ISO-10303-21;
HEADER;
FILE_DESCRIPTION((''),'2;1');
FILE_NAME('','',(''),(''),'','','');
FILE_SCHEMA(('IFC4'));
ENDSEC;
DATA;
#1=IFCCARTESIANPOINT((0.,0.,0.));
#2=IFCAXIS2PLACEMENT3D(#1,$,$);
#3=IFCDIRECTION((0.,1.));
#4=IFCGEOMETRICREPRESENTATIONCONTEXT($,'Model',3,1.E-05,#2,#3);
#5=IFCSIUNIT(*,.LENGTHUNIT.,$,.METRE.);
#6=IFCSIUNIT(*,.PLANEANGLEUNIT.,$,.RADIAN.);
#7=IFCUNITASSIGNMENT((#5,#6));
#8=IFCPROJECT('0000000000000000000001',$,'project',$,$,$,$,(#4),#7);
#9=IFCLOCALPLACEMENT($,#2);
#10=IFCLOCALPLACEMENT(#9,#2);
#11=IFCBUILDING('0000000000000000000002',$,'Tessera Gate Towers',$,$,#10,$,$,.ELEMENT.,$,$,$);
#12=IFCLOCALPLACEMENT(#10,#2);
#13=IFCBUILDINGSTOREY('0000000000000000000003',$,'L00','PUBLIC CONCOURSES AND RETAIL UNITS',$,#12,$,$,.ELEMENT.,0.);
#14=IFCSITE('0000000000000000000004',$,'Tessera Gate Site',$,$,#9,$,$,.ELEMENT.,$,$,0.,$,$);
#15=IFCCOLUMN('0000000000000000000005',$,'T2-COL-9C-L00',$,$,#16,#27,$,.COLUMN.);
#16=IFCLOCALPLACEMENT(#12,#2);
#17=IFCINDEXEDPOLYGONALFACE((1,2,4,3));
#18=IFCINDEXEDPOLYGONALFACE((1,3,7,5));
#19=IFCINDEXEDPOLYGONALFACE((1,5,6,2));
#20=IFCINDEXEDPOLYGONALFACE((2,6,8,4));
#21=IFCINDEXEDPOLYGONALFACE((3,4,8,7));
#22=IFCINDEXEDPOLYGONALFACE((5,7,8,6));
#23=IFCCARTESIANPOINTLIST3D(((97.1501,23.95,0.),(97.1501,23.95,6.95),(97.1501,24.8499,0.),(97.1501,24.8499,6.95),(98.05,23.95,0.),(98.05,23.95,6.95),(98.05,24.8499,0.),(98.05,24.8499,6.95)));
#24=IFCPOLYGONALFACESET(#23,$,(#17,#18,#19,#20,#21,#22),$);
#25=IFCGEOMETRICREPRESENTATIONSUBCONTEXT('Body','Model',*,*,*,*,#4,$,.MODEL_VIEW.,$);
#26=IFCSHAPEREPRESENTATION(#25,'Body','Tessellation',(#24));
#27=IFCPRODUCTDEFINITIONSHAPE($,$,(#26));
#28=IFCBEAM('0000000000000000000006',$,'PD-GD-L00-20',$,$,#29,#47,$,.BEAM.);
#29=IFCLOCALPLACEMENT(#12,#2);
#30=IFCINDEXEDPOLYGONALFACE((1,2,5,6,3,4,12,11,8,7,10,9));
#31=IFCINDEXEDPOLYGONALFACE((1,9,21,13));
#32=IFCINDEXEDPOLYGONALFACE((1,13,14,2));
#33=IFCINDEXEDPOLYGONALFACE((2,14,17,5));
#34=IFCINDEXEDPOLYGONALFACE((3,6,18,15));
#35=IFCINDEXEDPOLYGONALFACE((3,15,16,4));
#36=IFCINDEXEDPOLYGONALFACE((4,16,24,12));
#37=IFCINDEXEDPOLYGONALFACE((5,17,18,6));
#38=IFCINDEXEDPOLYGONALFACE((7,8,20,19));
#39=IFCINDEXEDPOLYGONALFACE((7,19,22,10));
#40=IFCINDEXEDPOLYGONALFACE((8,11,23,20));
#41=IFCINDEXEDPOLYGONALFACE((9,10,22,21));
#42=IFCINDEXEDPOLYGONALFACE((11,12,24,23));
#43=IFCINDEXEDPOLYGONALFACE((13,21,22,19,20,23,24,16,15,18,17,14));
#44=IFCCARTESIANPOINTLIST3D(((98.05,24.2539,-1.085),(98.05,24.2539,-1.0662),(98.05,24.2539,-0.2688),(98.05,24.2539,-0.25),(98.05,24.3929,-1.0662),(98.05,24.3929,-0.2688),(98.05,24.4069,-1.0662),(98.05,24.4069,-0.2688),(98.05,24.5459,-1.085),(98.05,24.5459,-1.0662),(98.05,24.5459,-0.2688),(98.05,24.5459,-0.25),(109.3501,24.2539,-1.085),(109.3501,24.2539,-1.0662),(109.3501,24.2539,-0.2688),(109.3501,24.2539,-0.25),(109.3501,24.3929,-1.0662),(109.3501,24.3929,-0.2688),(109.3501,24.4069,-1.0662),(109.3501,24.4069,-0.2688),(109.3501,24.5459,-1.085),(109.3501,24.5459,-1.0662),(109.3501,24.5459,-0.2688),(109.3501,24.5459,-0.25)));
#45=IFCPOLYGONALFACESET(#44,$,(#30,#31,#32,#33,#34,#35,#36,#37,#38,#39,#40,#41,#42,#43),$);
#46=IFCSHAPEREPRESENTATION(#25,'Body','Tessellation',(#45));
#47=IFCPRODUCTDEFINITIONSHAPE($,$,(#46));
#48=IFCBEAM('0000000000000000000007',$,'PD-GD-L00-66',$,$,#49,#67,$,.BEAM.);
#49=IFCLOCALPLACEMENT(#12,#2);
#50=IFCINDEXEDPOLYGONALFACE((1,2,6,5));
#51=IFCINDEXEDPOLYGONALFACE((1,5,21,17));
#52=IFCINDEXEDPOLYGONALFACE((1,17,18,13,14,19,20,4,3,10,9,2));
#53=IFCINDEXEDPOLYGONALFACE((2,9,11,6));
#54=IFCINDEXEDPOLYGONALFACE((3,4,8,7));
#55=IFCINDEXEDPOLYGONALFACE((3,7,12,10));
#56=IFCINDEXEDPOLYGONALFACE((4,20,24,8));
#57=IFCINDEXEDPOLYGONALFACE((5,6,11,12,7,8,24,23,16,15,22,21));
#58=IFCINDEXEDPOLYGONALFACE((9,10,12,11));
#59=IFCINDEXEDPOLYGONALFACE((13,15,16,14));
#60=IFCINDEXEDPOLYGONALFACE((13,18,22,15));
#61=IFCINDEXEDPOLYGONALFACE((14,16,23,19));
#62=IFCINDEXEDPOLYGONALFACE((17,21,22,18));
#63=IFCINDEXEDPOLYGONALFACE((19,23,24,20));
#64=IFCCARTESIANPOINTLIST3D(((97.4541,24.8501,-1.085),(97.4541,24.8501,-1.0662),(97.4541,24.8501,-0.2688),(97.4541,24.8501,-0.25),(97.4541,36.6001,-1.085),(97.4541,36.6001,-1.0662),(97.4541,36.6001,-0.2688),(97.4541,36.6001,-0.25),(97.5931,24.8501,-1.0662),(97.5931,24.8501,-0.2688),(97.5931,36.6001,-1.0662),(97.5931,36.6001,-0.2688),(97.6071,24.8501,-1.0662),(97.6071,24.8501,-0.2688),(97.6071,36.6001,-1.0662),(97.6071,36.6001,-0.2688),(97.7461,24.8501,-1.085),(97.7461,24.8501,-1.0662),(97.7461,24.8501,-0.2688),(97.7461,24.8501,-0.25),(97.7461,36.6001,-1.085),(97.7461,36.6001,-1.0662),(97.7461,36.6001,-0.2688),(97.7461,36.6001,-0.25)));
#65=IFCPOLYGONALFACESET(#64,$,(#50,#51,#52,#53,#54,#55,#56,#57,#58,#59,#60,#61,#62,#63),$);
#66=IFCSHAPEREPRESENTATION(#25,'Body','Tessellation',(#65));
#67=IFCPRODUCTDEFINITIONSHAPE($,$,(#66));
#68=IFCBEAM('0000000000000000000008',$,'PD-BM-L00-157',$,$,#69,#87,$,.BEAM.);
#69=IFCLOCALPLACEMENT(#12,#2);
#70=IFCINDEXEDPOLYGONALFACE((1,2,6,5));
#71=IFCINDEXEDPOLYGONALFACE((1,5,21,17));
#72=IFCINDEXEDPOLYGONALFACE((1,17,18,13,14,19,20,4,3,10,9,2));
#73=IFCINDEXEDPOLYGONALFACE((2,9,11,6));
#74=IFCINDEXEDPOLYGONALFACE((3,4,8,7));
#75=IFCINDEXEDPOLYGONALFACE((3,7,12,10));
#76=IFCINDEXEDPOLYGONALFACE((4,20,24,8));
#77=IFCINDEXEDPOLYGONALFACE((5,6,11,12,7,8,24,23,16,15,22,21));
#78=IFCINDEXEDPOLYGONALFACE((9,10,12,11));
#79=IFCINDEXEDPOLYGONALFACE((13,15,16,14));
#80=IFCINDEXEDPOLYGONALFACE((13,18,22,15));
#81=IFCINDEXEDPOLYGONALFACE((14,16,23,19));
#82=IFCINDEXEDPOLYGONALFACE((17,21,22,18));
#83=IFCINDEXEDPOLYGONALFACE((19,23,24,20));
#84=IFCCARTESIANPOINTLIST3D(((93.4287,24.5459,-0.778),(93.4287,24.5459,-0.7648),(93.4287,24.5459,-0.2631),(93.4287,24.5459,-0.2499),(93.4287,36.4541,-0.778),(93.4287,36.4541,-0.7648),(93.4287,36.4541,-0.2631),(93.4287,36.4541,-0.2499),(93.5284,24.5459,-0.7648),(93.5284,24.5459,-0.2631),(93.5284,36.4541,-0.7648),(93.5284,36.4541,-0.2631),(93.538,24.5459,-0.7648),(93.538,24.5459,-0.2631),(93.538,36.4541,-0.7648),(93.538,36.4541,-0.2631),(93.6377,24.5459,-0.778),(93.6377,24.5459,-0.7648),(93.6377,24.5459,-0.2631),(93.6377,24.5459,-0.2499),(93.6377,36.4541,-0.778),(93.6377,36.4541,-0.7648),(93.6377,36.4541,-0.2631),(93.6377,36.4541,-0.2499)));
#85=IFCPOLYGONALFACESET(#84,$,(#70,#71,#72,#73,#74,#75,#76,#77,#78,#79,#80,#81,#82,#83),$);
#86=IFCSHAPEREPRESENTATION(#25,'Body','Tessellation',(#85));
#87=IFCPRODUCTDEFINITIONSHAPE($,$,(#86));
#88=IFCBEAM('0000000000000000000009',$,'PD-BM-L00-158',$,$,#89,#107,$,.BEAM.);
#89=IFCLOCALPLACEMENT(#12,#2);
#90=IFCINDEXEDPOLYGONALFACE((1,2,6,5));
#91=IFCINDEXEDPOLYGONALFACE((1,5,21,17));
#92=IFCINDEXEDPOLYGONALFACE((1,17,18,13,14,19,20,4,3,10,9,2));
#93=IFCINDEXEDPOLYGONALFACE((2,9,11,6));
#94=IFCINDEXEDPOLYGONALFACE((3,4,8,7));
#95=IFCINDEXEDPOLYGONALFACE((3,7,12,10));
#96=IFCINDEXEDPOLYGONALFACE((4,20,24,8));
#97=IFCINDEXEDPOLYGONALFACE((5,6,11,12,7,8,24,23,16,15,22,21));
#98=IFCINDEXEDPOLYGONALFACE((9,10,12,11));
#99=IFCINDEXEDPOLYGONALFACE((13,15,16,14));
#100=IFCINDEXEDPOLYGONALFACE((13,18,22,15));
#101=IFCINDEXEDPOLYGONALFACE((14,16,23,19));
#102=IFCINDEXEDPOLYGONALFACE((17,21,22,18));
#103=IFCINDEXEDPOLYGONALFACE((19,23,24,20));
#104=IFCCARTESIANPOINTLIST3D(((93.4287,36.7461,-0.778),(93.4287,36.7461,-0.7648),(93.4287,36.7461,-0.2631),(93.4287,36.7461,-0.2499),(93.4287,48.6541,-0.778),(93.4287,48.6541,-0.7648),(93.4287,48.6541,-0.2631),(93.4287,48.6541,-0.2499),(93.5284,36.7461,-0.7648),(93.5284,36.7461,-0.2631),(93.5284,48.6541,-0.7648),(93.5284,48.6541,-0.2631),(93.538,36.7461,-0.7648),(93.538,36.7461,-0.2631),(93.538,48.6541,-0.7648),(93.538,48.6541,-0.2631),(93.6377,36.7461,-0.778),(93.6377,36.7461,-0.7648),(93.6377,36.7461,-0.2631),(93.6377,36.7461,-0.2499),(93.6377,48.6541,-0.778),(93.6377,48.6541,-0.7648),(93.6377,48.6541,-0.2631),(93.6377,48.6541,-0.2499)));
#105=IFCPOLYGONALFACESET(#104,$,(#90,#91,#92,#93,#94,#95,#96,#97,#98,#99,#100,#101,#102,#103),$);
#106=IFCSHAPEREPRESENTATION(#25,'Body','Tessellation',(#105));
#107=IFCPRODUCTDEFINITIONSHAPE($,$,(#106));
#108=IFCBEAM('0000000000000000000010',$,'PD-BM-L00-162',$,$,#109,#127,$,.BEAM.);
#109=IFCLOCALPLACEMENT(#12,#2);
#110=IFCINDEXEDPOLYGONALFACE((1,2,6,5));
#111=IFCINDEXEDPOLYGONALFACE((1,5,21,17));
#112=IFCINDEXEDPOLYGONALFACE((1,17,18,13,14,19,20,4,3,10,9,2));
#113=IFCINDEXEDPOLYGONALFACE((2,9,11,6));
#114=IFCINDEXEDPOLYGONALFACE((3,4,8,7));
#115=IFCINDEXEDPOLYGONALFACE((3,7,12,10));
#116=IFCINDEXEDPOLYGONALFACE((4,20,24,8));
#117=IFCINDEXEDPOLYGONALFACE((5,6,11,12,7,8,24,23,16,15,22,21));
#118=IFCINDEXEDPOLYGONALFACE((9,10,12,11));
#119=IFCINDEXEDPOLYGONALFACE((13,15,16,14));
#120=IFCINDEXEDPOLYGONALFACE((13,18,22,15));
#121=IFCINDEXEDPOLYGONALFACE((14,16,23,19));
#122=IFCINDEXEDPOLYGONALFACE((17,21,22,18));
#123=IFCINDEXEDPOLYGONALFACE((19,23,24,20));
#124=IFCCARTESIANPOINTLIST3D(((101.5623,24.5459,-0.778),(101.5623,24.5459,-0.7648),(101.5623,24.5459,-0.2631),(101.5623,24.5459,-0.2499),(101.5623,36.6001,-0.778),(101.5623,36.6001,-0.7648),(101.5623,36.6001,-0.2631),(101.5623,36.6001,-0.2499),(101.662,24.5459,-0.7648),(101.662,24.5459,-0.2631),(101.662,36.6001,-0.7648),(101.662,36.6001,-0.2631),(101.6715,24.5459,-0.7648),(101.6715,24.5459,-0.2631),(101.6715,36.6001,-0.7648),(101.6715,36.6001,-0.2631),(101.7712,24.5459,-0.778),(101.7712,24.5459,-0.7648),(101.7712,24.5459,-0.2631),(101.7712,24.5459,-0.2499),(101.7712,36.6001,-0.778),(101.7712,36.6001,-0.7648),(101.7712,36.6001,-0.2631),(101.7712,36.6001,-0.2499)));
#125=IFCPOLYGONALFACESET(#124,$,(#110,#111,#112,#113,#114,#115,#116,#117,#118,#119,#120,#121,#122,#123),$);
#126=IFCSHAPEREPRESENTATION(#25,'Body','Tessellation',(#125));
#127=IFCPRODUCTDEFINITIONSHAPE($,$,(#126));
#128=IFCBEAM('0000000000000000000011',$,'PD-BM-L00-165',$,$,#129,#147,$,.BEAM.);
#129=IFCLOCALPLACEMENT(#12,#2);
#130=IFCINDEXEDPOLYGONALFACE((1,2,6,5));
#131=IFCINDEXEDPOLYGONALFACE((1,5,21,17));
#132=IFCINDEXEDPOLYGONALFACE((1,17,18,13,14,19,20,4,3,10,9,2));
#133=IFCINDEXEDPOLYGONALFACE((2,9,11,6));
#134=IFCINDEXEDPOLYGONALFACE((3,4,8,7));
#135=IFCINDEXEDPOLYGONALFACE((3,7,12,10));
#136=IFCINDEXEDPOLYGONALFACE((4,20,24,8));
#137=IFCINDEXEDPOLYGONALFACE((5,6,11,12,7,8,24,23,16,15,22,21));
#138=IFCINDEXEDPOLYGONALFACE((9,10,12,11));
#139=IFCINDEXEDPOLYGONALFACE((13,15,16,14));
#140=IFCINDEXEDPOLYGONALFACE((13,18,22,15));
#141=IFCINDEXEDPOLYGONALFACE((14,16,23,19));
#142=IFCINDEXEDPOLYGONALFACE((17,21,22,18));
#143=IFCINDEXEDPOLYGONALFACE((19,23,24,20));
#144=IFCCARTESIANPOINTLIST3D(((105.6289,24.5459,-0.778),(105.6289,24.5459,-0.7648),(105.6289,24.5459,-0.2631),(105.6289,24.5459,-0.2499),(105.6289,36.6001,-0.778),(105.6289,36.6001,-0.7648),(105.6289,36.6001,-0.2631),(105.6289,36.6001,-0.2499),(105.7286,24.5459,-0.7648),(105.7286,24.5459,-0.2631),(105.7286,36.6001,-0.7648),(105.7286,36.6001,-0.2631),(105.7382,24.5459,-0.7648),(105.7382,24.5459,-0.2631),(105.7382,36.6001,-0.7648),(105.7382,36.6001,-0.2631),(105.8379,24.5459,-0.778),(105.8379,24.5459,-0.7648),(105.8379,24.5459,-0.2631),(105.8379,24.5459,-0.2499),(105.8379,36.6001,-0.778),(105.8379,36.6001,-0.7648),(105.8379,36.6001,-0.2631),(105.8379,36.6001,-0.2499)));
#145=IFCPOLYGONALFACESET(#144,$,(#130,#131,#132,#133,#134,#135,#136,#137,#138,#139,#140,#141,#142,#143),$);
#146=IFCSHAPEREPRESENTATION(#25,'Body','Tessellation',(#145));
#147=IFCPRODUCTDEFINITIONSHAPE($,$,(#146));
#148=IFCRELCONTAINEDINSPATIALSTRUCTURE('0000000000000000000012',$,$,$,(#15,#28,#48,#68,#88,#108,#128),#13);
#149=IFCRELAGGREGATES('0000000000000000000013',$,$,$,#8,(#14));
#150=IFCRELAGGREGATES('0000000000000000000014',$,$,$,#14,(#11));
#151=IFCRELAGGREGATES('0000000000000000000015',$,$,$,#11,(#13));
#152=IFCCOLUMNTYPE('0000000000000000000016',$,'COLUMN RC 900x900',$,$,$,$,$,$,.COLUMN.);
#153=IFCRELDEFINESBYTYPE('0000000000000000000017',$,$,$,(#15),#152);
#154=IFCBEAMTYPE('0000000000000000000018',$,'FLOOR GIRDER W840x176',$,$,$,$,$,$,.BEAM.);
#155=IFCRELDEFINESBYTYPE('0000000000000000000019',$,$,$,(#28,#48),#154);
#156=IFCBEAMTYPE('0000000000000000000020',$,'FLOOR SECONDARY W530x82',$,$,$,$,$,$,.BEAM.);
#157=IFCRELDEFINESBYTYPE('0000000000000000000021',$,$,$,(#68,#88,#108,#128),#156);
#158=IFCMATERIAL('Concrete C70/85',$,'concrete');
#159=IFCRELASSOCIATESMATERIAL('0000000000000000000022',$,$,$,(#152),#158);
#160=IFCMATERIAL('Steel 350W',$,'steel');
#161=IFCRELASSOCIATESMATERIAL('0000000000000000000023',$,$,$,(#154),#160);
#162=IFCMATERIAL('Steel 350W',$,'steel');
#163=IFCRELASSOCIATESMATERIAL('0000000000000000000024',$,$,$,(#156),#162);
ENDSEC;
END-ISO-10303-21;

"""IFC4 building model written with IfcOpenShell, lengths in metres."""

from ifc_helpers import new_model, si_unit, direction, frame, origin, origin_2d, place, context, subcontext, project, spatial, rectangle, i_section, extrude, material, material_profile, profile_set, type_object, element, save


model = new_model("IFC4")

# Units and contexts
model_context = context("Model", 3, precision=1e-05, world=origin(), true_north=direction((0.0, 1.0)))
body_context = subcontext(model_context, "Body", "Model", "MODEL_VIEW")
ifc_project = project(units=[si_unit("LENGTHUNIT", "METRE"), si_unit("PLANEANGLEUNIT", "RADIAN")], contexts=[model_context])

# Site, building, storey
site_placement = place(None, origin())
site = spatial("IfcSite", under=ifc_project, at=site_placement, Name="Tessera Gate Site", CompositionType="ELEMENT", RefElevation=0.0)
building_placement = place(site_placement, origin())
building = spatial("IfcBuilding", under=site, at=building_placement, Name="Tessera Gate Towers", CompositionType="ELEMENT")
storey_placement = place(building_placement, origin())
storey = spatial("IfcBuildingStorey", under=building, at=storey_placement, Name="L00", Description="PUBLIC CONCOURSES AND RETAIL UNITS", CompositionType="ELEMENT", Elevation=0.0)

# Column
ifc_material_1 = material(Name="Concrete C70/85", Category="concrete")
ifc_material_profile_1 = material_profile(ifc_material_1, rectangle(XDim=0.8999, YDim=0.8999, at=origin_2d()), Name="RC 900x900")
ifc_profile_set_1 = profile_set([ifc_material_profile_1], Name="Concrete C70/85")
column_type = type_object("IfcColumnType", Name="COLUMN RC 900x900", PredefinedType="COLUMN", material=ifc_profile_set_1)
column_placement = place(storey_placement, frame((97.6001, 24.3999, 0.0), z_axis=(0.0, 0.0, 1.0), x_axis=(1.0, 0.0, 0.0)))
element("IfcColumn", 1, at=column_placement, inside=storey, type_object=column_type, Name="T2-COL-9C-L00", PredefinedType="COLUMN", context=body_context, shape_type="SweptSolid", body=[
    extrude(rectangle(XDim=0.8999, YDim=0.8999, at=origin_2d()), origin(), (0.0, 0.0, 1.0), 6.95),
])

# Beams
ifc_material_2 = material(Name="Steel 350W", Category="steel")
ifc_material_profile_2 = material_profile(ifc_material_2, i_section(OverallWidth=0.292, OverallDepth=0.835, WebThickness=0.0139, FlangeThickness=0.0188, at=origin_2d()), Name="W840x176")
ifc_profile_set_2 = profile_set([ifc_material_profile_2], Name="Steel 350W")
beam_type_1 = type_object("IfcBeamType", Name="FLOOR GIRDER W840x176", PredefinedType="BEAM", material=ifc_profile_set_2)
beam_1_placement = place(storey_placement, frame((98.05, 24.3999, -0.6675), z_axis=(1.0, 0.0, 0.0), x_axis=(0.0, 1.0, 0.0)))
element("IfcBeam", 2, at=beam_1_placement, inside=storey, type_object=beam_type_1, Name="PD-GD-L00-20", PredefinedType="BEAM", context=body_context, shape_type="SweptSolid", body=[
    extrude(i_section(OverallWidth=0.292, OverallDepth=0.835, WebThickness=0.0139, FlangeThickness=0.0188, at=origin_2d()), origin(), (0.0, 0.0, 1.0), 11.3),
])
beam_2_placement = place(storey_placement, frame((97.6001, 24.8501, -0.6675), z_axis=(0.0, 1.0, 0.0), x_axis=(-1.0, 0.0, 0.0)))
element("IfcBeam", 3, at=beam_2_placement, inside=storey, type_object=beam_type_1, Name="PD-GD-L00-66", PredefinedType="BEAM", context=body_context, shape_type="SweptSolid", body=[
    extrude(i_section(OverallWidth=0.292, OverallDepth=0.835, WebThickness=0.0139, FlangeThickness=0.0188, at=origin_2d()), origin(), (0.0, 0.0, 1.0), 11.75),
])
ifc_material_3 = material(Name="Steel 350W", Category="steel")
ifc_material_profile_3 = material_profile(ifc_material_3, i_section(OverallWidth=0.209, OverallDepth=0.5281, WebThickness=0.0095, FlangeThickness=0.0132, at=origin_2d()), Name="W530x82")
ifc_profile_set_3 = profile_set([ifc_material_profile_3], Name="Steel 350W")
beam_type_2 = type_object("IfcBeamType", Name="FLOOR SECONDARY W530x82", PredefinedType="BEAM", material=ifc_profile_set_3)
beam_3_placement = place(storey_placement, frame((93.5332, 24.5459, -0.5139), z_axis=(0.0, 1.0, 0.0), x_axis=(-1.0, 0.0, 0.0)))
element("IfcBeam", 4, at=beam_3_placement, inside=storey, type_object=beam_type_2, Name="PD-BM-L00-157", PredefinedType="BEAM", context=body_context, shape_type="SweptSolid", body=[
    extrude(i_section(OverallWidth=0.209, OverallDepth=0.5281, WebThickness=0.0095, FlangeThickness=0.0132, at=origin_2d()), origin(), (0.0, 0.0, 1.0), 11.9082),
])
beam_4_placement = place(storey_placement, frame((93.5332, 36.7461, -0.5139), z_axis=(0.0, 1.0, 0.0), x_axis=(-1.0, 0.0, 0.0)))
element("IfcBeam", 5, at=beam_4_placement, inside=storey, type_object=beam_type_2, Name="PD-BM-L00-158", PredefinedType="BEAM", context=body_context, shape_type="SweptSolid", body=[
    extrude(i_section(OverallWidth=0.209, OverallDepth=0.5281, WebThickness=0.0095, FlangeThickness=0.0132, at=origin_2d()), origin(), (0.0, 0.0, 1.0), 11.908),
])
for number, where, z_axis, x_axis, name in (
    (6, (101.6667, 24.5459, -0.5139), (0.0, 1.0, 0.0), (-1.0, 0.0, 0.0), "PD-BM-L00-162"),
    (7, (105.7334, 24.5459, -0.5139), (0.0, 1.0, 0.0), (-1.0, 0.0, 0.0), "PD-BM-L00-165"),
):
    element("IfcBeam", number, at=place(storey_placement, frame(where, z_axis=z_axis, x_axis=x_axis)), inside=storey, type_object=beam_type_2, Name=name, PredefinedType="BEAM", context=body_context, shape_type="SweptSolid", body=[
        extrude(i_section(OverallWidth=0.209, OverallDepth=0.5281, WebThickness=0.0095, FlangeThickness=0.0132, at=origin_2d()), origin(), (0.0, 0.0, 1.0), 12.0542),
    ])

save(model, "model.ifc")
